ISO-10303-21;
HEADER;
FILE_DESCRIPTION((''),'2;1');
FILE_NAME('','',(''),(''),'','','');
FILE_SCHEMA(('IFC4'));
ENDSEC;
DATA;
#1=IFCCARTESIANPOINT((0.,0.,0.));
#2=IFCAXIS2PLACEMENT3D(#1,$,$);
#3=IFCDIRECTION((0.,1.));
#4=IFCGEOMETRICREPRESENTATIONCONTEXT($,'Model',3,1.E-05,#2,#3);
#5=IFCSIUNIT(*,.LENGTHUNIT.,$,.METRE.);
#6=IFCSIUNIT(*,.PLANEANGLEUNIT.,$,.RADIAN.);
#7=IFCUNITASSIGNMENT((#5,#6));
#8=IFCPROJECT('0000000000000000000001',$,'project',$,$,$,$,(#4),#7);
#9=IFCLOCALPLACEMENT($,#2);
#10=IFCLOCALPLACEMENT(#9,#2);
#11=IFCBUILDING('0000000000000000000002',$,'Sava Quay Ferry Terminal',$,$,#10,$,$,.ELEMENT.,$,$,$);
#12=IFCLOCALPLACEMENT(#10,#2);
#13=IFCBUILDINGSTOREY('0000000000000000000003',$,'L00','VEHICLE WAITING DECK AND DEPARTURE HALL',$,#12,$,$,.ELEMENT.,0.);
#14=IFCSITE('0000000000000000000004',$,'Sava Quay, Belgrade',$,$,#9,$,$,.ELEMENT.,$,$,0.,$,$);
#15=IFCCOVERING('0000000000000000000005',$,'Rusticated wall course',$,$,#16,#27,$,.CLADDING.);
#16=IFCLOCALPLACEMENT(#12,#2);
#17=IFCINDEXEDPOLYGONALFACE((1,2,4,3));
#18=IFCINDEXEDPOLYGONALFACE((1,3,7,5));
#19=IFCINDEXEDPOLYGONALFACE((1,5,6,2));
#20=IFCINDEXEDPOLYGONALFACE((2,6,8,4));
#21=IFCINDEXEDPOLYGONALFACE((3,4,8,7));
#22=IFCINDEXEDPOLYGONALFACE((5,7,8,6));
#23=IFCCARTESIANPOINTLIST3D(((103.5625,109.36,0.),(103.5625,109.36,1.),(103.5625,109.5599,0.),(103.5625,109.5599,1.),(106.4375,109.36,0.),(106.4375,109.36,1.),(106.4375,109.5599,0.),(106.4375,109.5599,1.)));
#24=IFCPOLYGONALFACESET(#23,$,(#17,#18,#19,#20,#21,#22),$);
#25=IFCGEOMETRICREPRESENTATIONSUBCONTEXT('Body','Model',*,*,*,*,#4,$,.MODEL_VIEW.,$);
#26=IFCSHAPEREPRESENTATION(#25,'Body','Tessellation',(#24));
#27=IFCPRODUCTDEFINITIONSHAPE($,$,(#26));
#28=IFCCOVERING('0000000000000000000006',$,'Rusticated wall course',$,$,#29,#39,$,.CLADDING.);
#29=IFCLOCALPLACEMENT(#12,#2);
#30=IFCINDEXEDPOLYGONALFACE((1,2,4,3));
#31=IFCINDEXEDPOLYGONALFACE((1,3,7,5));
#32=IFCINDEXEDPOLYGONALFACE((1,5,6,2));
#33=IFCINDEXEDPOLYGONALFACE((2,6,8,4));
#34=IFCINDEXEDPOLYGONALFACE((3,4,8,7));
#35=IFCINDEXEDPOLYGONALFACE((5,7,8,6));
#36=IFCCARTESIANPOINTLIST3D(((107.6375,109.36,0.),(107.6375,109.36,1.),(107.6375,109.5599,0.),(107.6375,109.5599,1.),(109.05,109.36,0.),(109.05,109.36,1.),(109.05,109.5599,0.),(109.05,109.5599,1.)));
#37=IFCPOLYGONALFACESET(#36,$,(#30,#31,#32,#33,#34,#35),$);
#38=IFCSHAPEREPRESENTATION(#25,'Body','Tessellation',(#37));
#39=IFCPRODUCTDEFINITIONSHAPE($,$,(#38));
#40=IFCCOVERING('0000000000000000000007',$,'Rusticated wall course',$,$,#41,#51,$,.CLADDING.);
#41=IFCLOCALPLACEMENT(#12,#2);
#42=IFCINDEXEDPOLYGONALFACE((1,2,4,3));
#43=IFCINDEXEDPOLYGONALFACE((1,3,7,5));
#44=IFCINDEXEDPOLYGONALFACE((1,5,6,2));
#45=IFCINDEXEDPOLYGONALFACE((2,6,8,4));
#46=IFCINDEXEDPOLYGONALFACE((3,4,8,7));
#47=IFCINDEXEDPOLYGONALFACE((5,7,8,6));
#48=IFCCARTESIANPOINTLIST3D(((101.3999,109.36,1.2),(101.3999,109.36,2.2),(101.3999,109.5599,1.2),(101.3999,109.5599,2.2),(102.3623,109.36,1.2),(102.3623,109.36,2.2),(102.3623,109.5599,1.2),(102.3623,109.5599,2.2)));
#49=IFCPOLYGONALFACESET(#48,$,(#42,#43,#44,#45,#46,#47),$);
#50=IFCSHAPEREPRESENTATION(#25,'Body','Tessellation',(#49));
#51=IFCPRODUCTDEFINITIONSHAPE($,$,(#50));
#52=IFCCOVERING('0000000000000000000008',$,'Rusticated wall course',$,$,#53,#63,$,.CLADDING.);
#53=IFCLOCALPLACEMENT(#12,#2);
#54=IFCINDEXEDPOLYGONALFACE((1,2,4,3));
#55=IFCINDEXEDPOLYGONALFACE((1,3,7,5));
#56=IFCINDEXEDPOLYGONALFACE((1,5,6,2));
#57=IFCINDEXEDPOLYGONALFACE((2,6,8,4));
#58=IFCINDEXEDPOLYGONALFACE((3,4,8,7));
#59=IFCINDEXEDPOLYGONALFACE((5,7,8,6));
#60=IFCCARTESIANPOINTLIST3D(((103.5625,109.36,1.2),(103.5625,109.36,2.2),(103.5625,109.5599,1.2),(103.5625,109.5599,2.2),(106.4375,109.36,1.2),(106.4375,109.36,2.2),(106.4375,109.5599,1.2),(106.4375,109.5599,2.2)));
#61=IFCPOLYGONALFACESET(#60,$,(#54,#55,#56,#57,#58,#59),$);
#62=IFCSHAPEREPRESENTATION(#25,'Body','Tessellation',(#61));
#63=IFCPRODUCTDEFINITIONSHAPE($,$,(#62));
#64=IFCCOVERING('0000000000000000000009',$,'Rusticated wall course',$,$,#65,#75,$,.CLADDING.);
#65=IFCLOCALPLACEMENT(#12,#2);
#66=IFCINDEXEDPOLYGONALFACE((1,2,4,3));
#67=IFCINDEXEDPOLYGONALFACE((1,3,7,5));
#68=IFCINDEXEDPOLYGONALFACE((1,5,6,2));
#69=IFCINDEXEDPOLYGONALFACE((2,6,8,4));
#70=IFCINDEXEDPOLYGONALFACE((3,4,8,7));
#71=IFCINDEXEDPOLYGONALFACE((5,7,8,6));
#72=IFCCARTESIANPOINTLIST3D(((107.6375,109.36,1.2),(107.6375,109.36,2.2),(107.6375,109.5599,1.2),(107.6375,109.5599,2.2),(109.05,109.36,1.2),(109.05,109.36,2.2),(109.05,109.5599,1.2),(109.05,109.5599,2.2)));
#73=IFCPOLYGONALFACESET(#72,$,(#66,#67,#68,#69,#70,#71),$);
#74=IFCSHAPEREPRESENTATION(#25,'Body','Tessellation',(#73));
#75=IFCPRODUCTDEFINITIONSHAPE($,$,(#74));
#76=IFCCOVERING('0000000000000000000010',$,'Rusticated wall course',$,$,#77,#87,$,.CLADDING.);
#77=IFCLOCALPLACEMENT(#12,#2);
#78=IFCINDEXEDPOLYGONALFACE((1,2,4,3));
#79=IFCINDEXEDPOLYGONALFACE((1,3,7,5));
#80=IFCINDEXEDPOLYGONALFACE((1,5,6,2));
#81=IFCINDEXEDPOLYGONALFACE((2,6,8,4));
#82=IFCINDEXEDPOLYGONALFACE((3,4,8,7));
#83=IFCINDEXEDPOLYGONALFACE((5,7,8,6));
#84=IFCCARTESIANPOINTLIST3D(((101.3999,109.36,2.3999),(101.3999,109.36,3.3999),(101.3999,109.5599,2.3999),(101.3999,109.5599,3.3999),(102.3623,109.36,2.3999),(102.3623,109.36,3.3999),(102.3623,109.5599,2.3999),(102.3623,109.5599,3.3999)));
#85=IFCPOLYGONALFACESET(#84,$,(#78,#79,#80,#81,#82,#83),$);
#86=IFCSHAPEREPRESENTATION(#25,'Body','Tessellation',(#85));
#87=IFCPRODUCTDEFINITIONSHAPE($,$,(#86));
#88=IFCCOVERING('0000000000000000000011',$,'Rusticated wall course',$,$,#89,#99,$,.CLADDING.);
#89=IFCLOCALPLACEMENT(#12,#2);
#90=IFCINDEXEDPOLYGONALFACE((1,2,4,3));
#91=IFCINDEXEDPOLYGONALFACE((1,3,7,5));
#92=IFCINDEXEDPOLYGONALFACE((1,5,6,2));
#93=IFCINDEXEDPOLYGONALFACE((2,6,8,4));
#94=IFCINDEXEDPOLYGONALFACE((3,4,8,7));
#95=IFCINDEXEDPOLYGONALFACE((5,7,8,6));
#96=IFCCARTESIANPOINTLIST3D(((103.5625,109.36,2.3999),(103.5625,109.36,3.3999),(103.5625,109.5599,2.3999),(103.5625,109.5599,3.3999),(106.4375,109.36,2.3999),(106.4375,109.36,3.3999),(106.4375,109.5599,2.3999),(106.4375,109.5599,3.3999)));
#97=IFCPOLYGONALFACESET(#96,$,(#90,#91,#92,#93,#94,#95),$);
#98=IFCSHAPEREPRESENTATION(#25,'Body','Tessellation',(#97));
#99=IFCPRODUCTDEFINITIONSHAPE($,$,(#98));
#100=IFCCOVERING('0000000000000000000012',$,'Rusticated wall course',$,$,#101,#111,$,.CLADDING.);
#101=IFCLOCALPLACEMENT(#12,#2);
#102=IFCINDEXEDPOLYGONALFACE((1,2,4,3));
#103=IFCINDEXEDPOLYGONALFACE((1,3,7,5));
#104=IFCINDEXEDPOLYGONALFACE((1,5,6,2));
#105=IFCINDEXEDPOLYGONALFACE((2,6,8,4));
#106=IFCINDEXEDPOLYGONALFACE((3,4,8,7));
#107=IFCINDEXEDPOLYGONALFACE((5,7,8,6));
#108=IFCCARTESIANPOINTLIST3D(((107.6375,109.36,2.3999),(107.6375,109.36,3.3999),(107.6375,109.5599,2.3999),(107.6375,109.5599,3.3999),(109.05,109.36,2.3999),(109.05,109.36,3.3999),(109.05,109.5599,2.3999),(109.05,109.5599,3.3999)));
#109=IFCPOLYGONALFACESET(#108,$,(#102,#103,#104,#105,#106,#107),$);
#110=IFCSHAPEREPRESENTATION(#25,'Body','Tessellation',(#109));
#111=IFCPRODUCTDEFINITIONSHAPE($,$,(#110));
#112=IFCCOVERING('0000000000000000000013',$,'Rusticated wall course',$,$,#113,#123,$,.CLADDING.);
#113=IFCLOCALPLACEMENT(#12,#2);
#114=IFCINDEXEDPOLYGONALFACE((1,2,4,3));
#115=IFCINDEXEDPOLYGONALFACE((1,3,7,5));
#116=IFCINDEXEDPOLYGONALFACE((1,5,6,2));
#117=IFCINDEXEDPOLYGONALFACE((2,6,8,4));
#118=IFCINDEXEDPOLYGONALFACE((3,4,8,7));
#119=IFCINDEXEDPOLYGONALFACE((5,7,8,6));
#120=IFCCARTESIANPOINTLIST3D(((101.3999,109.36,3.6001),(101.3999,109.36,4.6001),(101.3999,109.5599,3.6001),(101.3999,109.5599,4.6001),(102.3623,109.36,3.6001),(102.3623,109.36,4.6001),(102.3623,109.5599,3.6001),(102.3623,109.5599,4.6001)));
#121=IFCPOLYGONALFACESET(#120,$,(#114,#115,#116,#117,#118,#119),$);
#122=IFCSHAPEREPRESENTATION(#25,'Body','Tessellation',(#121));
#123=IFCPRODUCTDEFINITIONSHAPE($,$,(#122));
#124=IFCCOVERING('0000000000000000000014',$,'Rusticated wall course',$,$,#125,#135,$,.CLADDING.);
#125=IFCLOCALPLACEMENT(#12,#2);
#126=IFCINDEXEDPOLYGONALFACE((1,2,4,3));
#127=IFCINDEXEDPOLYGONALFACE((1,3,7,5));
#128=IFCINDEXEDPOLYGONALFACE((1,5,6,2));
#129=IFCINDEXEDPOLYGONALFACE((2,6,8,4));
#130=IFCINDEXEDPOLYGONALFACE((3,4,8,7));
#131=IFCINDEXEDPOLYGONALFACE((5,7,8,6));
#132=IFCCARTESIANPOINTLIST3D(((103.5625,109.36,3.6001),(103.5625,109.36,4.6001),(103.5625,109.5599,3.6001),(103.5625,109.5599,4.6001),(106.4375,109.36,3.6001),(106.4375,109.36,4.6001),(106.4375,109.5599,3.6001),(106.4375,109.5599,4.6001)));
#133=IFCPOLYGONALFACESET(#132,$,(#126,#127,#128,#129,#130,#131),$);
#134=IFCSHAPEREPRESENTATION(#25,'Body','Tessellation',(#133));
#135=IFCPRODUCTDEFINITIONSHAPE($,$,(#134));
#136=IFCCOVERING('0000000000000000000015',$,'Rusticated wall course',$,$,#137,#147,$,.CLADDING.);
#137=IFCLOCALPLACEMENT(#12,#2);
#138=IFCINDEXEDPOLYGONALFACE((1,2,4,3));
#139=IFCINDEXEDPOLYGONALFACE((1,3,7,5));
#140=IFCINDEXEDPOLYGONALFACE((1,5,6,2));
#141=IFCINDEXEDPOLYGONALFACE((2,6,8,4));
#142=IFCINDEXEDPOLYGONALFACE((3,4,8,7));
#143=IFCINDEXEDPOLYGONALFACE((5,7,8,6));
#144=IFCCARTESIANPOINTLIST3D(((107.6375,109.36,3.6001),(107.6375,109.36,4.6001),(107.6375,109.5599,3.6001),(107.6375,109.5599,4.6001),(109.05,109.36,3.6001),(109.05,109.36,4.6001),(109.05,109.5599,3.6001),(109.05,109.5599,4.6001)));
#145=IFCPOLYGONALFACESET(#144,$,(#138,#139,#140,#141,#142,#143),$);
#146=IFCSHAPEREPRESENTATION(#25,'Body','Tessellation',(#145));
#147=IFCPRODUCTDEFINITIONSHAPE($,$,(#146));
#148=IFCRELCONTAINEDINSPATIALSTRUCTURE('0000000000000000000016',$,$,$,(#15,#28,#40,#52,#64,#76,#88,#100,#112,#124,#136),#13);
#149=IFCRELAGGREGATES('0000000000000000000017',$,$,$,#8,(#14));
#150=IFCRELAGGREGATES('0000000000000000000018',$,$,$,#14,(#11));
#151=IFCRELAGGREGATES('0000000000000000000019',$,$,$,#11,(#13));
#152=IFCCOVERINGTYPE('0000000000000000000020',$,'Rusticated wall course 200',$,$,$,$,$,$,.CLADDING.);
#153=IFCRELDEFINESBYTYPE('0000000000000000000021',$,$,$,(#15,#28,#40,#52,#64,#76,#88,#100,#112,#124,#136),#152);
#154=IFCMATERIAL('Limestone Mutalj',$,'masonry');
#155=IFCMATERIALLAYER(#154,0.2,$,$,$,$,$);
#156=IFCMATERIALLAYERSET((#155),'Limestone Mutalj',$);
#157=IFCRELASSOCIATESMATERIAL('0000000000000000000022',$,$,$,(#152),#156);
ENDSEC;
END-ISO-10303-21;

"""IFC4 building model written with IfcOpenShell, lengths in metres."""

from ifc_helpers import new_model, si_unit, direction, frame, origin, origin_2d, place, context, subcontext, project, spatial, rectangle, extrude, material, layer, layer_set, type_object, element, save


model = new_model("IFC4")

# Units and contexts
model_context = context("Model", 3, precision=1e-05, world=origin(), true_north=direction((0.0, 1.0)))
body_context = subcontext(model_context, "Body", "Model", "MODEL_VIEW")
ifc_project = project(units=[si_unit("LENGTHUNIT", "METRE"), si_unit("PLANEANGLEUNIT", "RADIAN")], contexts=[model_context])

# Site, building, storey
site_placement = place(None, origin())
site = spatial("IfcSite", under=ifc_project, at=site_placement, Name="Sava Quay, Belgrade", CompositionType="ELEMENT", RefElevation=0.0)
building_placement = place(site_placement, origin())
building = spatial("IfcBuilding", under=site, at=building_placement, Name="Sava Quay Ferry Terminal", CompositionType="ELEMENT")
storey_placement = place(building_placement, origin())
storey = spatial("IfcBuildingStorey", under=building, at=storey_placement, Name="L00", Description="VEHICLE WAITING DECK AND DEPARTURE HALL", CompositionType="ELEMENT", Elevation=0.0)

# Coverings
ifc_material_1 = material(Name="Limestone Mutalj", Category="masonry")
ifc_layer_1 = layer(ifc_material_1, 0.2)
ifc_layer_set_1 = layer_set([ifc_layer_1], Name="Limestone Mutalj")
covering_type_1 = type_object("IfcCoveringType", Name="Rusticated wall course 200", PredefinedType="CLADDING", material=ifc_layer_set_1)
covering_1_placement = place(storey_placement, frame((105.0, 109.46, 0.0), z_axis=(0.0, 0.0, 1.0), x_axis=(1.0, 0.0, 0.0)))
element("IfcCovering", 1, at=covering_1_placement, inside=storey, type_object=covering_type_1, Name="Rusticated wall course", PredefinedType="CLADDING", context=body_context, shape_type="SweptSolid", body=[
    extrude(rectangle(XDim=2.875, YDim=0.2, at=origin_2d()), origin(), (0.0, 0.0, 1.0), 1.0),
])
covering_2_placement = place(storey_placement, frame((108.3438, 109.46, 0.0), z_axis=(0.0, 0.0, 1.0), x_axis=(1.0, 0.0, 0.0)))
element("IfcCovering", 2, at=covering_2_placement, inside=storey, type_object=covering_type_1, Name="Rusticated wall course", PredefinedType="CLADDING", context=body_context, shape_type="SweptSolid", body=[
    extrude(rectangle(XDim=1.4126, YDim=0.2, at=origin_2d()), origin(), (0.0, 0.0, 1.0), 1.0),
])
covering_3_placement = place(storey_placement, frame((101.8811, 109.46, 1.2), z_axis=(0.0, 0.0, 1.0), x_axis=(1.0, 0.0, 0.0)))
element("IfcCovering", 3, at=covering_3_placement, inside=storey, type_object=covering_type_1, Name="Rusticated wall course", PredefinedType="CLADDING", context=body_context, shape_type="SweptSolid", body=[
    extrude(rectangle(XDim=0.9624, YDim=0.2, at=origin_2d()), origin(), (0.0, 0.0, 1.0), 1.0),
])
covering_4_placement = place(storey_placement, frame((105.0, 109.46, 1.2), z_axis=(0.0, 0.0, 1.0), x_axis=(1.0, 0.0, 0.0)))
element("IfcCovering", 4, at=covering_4_placement, inside=storey, type_object=covering_type_1, Name="Rusticated wall course", PredefinedType="CLADDING", context=body_context, shape_type="SweptSolid", body=[
    extrude(rectangle(XDim=2.875, YDim=0.2, at=origin_2d()), origin(), (0.0, 0.0, 1.0), 1.0),
])
covering_5_placement = place(storey_placement, frame((108.3438, 109.46, 1.2), z_axis=(0.0, 0.0, 1.0), x_axis=(1.0, 0.0, 0.0)))
element("IfcCovering", 5, at=covering_5_placement, inside=storey, type_object=covering_type_1, Name="Rusticated wall course", PredefinedType="CLADDING", context=body_context, shape_type="SweptSolid", body=[
    extrude(rectangle(XDim=1.4126, YDim=0.2, at=origin_2d()), origin(), (0.0, 0.0, 1.0), 1.0),
])
covering_6_placement = place(storey_placement, frame((101.8811, 109.46, 2.3999), z_axis=(0.0, 0.0, 1.0), x_axis=(1.0, 0.0, 0.0)))
element("IfcCovering", 6, at=covering_6_placement, inside=storey, type_object=covering_type_1, Name="Rusticated wall course", PredefinedType="CLADDING", context=body_context, shape_type="SweptSolid", body=[
    extrude(rectangle(XDim=0.9624, YDim=0.2, at=origin_2d()), origin(), (0.0, 0.0, 1.0), 1.0),
])
covering_7_placement = place(storey_placement, frame((105.0, 109.46, 2.3999), z_axis=(0.0, 0.0, 1.0), x_axis=(1.0, 0.0, 0.0)))
element("IfcCovering", 7, at=covering_7_placement, inside=storey, type_object=covering_type_1, Name="Rusticated wall course", PredefinedType="CLADDING", context=body_context, shape_type="SweptSolid", body=[
    extrude(rectangle(XDim=2.875, YDim=0.2, at=origin_2d()), origin(), (0.0, 0.0, 1.0), 1.0),
])
covering_8_placement = place(storey_placement, frame((108.3438, 109.46, 2.3999), z_axis=(0.0, 0.0, 1.0), x_axis=(1.0, 0.0, 0.0)))
element("IfcCovering", 8, at=covering_8_placement, inside=storey, type_object=covering_type_1, Name="Rusticated wall course", PredefinedType="CLADDING", context=body_context, shape_type="SweptSolid", body=[
    extrude(rectangle(XDim=1.4126, YDim=0.2, at=origin_2d()), origin(), (0.0, 0.0, 1.0), 1.0),
])
covering_9_placement = place(storey_placement, frame((101.8811, 109.46, 3.6001), z_axis=(0.0, 0.0, 1.0), x_axis=(1.0, 0.0, 0.0)))
element("IfcCovering", 9, at=covering_9_placement, inside=storey, type_object=covering_type_1, Name="Rusticated wall course", PredefinedType="CLADDING", context=body_context, shape_type="SweptSolid", body=[
    extrude(rectangle(XDim=0.9624, YDim=0.2, at=origin_2d()), origin(), (0.0, 0.0, 1.0), 1.0),
])
covering_10_placement = place(storey_placement, frame((105.0, 109.46, 3.6001), z_axis=(0.0, 0.0, 1.0), x_axis=(1.0, 0.0, 0.0)))
element("IfcCovering", 10, at=covering_10_placement, inside=storey, type_object=covering_type_1, Name="Rusticated wall course", PredefinedType="CLADDING", context=body_context, shape_type="SweptSolid", body=[
    extrude(rectangle(XDim=2.875, YDim=0.2, at=origin_2d()), origin(), (0.0, 0.0, 1.0), 1.0),
])
covering_11_placement = place(storey_placement, frame((108.3438, 109.46, 3.6001), z_axis=(0.0, 0.0, 1.0), x_axis=(1.0, 0.0, 0.0)))
element("IfcCovering", 11, at=covering_11_placement, inside=storey, type_object=covering_type_1, Name="Rusticated wall course", PredefinedType="CLADDING", context=body_context, shape_type="SweptSolid", body=[
    extrude(rectangle(XDim=1.4126, YDim=0.2, at=origin_2d()), origin(), (0.0, 0.0, 1.0), 1.0),
])

save(model, "model.ifc")
